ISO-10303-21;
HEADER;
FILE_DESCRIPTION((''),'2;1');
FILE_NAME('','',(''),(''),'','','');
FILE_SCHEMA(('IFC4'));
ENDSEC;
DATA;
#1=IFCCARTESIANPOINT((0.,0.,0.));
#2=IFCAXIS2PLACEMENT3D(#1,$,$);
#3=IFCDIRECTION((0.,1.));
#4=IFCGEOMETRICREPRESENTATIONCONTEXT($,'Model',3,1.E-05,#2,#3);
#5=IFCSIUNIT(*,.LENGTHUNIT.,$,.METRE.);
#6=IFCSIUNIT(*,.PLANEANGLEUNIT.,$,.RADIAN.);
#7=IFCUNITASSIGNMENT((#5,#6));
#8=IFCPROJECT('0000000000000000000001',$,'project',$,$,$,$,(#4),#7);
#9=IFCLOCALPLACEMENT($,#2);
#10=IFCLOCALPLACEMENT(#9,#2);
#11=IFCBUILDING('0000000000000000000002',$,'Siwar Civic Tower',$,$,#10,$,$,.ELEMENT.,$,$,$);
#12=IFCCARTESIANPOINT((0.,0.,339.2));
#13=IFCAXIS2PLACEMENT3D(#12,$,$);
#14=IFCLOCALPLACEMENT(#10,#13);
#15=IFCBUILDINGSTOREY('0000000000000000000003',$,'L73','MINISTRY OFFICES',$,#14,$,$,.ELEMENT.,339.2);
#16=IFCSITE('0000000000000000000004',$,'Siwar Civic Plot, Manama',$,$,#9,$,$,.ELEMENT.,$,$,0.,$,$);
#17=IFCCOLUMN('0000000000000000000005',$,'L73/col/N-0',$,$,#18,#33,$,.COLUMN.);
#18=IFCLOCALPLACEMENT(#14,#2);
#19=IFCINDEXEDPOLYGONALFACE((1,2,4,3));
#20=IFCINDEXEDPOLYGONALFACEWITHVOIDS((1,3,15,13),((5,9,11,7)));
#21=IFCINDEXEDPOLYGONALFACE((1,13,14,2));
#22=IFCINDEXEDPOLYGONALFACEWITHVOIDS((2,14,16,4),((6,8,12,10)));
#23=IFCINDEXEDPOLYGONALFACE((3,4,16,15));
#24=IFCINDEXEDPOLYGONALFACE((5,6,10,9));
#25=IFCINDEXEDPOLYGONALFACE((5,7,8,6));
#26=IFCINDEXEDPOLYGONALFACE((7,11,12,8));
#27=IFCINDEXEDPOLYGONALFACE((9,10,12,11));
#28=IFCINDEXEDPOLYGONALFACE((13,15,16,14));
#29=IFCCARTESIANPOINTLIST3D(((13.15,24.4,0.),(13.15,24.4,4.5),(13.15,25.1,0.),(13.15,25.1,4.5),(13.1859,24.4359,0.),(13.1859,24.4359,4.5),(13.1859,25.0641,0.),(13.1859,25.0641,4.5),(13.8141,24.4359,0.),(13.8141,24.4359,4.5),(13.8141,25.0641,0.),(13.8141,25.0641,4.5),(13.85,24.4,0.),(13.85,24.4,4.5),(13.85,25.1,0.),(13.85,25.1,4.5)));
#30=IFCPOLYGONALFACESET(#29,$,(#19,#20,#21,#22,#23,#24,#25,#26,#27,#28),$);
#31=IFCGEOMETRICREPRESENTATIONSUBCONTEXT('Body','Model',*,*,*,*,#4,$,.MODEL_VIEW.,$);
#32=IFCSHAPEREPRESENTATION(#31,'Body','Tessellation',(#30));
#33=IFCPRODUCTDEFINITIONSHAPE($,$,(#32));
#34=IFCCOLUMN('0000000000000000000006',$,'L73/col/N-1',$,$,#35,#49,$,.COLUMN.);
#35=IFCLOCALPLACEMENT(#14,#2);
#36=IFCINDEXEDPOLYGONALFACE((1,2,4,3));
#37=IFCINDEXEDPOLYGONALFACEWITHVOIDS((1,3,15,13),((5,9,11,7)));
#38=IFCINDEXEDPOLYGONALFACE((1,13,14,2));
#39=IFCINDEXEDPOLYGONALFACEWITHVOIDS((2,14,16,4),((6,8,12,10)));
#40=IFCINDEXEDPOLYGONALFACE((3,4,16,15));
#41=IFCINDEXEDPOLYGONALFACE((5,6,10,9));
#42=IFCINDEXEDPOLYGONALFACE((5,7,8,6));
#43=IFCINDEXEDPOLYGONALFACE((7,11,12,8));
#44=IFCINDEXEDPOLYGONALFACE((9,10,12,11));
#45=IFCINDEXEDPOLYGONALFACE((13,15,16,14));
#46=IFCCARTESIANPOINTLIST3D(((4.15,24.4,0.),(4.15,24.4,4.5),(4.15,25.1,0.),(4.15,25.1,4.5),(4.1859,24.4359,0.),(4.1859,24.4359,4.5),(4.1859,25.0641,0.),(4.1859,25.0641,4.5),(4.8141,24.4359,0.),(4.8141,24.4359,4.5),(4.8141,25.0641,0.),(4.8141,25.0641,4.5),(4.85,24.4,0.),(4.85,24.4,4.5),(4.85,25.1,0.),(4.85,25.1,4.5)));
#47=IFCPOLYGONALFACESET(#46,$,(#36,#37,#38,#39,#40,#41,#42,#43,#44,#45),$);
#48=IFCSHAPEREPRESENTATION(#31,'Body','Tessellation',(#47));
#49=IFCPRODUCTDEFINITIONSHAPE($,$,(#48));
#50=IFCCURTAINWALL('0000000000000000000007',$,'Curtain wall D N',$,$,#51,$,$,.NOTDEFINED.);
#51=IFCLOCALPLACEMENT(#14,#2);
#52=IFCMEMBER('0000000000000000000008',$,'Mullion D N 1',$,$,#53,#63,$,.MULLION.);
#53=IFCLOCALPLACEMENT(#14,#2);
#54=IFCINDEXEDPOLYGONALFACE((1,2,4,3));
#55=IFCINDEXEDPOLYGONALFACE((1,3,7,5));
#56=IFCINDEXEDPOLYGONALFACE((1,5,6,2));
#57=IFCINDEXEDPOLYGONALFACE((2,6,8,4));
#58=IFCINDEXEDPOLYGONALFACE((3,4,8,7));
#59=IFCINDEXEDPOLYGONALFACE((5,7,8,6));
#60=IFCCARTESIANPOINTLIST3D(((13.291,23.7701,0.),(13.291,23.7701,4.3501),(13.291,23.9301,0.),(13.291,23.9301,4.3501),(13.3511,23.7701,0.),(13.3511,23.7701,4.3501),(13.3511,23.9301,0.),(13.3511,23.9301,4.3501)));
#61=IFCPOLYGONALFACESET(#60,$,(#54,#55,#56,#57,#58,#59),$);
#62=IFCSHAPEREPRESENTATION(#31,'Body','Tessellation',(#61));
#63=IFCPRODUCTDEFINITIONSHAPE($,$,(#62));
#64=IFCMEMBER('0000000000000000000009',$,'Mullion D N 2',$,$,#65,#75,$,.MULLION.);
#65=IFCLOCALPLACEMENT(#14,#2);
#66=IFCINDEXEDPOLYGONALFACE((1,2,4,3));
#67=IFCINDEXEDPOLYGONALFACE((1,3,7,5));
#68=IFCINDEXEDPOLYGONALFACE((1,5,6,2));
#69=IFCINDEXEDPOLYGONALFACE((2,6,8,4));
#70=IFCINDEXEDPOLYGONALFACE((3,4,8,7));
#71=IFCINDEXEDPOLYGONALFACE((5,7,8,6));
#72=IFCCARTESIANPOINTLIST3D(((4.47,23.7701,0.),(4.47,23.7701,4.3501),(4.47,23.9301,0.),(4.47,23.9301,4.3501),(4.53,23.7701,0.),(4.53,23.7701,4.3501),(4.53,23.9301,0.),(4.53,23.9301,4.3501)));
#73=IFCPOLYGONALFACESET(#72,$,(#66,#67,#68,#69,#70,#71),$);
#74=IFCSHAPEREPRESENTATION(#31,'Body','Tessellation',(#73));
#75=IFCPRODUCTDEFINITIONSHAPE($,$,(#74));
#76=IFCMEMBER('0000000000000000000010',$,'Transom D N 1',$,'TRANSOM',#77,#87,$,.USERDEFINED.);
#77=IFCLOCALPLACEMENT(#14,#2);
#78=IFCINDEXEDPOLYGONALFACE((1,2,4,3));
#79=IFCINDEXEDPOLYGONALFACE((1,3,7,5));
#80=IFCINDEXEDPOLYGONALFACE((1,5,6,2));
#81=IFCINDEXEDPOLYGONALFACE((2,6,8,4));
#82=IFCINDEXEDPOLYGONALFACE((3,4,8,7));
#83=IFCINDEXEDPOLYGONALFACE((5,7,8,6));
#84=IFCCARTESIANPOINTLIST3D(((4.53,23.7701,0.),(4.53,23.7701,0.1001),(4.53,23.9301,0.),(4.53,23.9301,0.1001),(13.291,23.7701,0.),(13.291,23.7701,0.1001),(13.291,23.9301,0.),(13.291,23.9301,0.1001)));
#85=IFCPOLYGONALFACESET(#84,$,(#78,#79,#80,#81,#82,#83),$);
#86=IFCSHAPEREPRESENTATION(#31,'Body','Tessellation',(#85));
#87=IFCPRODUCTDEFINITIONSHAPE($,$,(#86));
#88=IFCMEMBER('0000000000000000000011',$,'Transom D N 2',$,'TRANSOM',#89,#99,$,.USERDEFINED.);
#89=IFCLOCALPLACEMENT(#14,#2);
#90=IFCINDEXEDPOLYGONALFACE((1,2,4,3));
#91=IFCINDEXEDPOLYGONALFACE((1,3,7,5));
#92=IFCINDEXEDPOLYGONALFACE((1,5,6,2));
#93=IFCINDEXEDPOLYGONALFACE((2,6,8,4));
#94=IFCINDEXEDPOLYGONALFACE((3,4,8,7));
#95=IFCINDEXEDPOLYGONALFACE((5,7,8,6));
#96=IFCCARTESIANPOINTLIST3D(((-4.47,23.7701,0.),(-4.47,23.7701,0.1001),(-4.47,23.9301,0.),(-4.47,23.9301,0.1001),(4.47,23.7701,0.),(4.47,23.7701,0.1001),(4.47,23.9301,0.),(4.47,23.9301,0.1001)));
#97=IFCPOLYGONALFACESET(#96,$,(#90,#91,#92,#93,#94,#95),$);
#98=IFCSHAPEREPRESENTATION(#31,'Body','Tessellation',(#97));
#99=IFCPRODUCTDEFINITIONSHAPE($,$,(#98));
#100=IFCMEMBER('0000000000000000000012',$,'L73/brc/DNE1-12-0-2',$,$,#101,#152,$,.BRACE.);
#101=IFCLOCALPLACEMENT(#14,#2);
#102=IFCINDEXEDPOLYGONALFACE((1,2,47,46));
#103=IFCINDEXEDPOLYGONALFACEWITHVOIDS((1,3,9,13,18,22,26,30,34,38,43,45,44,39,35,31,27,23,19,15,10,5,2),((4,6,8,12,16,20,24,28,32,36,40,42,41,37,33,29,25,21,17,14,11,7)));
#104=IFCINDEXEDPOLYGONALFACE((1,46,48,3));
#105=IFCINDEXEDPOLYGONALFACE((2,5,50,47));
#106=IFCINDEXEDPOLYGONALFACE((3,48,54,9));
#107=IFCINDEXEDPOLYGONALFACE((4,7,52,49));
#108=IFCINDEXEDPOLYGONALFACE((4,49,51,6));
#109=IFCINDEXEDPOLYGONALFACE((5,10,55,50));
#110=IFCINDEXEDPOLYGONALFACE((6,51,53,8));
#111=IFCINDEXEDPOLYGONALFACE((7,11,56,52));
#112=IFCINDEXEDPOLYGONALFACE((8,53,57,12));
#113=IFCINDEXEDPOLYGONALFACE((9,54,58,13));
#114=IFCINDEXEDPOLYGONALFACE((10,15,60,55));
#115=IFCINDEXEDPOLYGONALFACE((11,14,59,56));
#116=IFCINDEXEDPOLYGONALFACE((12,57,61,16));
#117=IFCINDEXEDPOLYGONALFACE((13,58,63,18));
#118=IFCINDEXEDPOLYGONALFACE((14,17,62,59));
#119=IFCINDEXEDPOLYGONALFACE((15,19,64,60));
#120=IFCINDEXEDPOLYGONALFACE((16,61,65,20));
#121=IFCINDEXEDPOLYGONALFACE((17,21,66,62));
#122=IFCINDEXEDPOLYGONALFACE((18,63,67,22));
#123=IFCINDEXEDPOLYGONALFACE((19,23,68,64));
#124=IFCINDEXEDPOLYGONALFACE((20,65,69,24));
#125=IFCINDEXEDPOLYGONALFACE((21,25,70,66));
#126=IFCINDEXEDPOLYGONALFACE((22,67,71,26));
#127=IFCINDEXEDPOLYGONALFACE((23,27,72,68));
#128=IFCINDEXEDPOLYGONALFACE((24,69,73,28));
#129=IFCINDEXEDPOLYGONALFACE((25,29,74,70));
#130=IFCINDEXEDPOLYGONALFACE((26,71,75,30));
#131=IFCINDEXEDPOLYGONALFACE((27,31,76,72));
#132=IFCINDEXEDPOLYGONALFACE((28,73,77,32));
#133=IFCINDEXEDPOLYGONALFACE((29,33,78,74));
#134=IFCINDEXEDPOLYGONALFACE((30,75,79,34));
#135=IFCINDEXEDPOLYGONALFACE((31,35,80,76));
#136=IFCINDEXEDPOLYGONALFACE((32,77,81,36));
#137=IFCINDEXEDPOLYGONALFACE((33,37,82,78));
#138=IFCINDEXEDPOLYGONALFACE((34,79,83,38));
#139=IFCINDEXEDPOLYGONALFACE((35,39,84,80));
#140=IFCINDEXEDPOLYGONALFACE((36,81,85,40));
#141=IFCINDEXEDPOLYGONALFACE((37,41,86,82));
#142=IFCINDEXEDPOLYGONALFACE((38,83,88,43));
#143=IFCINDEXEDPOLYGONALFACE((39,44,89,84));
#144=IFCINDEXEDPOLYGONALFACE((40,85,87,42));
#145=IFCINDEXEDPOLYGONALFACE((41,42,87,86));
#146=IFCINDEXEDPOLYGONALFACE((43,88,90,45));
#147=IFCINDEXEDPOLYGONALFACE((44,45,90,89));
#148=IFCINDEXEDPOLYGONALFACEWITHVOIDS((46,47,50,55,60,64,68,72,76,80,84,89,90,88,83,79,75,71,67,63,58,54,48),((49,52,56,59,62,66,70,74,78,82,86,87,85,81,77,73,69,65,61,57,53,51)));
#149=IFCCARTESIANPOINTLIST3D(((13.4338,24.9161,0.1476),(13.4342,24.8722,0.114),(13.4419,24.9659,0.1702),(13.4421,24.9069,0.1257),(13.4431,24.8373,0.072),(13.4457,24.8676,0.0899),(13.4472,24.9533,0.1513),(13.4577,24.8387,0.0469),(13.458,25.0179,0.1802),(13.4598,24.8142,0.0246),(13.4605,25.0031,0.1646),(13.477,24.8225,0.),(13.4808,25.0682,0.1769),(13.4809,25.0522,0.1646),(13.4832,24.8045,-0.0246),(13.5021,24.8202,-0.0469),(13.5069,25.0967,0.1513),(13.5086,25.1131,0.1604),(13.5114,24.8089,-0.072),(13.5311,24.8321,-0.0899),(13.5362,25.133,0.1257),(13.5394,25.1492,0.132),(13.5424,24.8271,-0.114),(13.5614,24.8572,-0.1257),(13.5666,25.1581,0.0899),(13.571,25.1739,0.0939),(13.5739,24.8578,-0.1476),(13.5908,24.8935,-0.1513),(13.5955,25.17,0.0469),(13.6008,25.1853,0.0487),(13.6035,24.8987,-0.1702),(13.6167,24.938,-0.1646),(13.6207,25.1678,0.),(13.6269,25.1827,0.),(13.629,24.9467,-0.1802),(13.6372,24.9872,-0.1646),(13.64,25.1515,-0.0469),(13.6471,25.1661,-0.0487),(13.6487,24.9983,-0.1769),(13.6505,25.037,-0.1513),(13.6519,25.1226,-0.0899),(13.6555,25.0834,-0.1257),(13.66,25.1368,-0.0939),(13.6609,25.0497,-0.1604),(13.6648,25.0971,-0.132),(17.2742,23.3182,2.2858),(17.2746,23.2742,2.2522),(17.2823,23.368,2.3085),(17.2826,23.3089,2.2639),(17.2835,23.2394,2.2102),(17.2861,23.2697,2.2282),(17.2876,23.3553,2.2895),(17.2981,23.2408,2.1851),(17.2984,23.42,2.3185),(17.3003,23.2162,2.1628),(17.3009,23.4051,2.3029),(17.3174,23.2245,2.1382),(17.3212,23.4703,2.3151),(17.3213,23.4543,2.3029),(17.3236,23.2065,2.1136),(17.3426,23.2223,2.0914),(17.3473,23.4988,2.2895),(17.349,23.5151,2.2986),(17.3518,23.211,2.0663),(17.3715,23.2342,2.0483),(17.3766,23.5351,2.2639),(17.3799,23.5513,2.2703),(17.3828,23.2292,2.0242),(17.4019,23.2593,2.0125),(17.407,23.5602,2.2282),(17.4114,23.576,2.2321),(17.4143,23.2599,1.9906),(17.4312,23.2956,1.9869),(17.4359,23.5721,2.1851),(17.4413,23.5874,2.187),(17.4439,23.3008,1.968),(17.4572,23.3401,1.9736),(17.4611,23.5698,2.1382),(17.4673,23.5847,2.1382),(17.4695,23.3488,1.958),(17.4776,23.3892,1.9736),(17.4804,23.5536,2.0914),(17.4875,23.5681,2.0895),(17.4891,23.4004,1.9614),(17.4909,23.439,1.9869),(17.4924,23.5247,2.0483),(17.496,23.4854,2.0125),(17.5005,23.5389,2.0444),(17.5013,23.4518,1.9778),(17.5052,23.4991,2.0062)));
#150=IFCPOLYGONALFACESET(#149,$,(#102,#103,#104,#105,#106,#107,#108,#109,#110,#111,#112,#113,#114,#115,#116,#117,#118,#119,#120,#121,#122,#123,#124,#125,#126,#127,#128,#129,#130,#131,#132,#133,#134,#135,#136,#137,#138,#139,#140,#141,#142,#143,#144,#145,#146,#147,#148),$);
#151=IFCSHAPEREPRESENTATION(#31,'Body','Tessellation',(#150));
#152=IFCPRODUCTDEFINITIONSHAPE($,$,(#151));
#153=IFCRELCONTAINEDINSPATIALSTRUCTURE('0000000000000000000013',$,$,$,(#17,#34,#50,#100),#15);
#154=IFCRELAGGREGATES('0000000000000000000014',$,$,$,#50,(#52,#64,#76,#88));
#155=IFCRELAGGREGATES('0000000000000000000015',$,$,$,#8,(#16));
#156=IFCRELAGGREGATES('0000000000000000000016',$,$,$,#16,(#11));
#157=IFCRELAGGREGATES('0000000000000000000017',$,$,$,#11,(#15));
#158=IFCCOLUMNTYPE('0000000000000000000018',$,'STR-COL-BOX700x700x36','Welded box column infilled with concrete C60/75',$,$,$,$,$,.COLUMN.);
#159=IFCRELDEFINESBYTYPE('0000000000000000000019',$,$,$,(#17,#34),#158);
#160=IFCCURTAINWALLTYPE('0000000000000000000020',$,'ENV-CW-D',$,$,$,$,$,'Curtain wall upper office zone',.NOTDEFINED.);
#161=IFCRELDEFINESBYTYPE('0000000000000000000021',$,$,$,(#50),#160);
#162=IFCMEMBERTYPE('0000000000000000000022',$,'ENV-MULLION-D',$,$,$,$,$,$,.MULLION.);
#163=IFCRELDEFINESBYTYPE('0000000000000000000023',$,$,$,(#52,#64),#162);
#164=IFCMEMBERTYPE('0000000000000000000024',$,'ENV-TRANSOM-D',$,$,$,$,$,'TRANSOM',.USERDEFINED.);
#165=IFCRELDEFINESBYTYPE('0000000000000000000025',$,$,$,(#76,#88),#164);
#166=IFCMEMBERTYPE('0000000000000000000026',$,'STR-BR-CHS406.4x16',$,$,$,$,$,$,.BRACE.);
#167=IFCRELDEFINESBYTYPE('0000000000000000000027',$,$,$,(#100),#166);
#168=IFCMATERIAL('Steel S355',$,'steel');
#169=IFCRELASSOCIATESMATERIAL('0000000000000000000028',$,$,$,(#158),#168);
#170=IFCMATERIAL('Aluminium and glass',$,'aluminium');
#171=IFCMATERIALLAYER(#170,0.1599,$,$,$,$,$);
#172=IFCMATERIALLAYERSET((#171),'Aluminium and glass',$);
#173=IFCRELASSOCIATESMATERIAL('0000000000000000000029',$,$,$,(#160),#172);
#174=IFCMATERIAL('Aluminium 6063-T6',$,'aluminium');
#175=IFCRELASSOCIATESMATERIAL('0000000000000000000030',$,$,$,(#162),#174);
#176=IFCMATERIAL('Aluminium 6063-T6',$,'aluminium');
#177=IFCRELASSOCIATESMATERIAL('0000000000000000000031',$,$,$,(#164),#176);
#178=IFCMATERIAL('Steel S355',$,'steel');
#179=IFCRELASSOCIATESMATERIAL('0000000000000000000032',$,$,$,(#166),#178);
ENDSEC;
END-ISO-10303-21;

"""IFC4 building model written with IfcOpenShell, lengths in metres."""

from ifc_helpers import new_model, si_unit, direction, frame, origin, origin_2d, place, context, subcontext, project, spatial, rectangle, hollow_rectangle, hollow_circle, extrude, material, layer, layer_set, material_profile, profile_set, type_object, element, aggregate, save


model = new_model("IFC4")

# Units and contexts
model_context = context("Model", 3, precision=1e-05, world=origin(), true_north=direction((0.0, 1.0)))
body_context = subcontext(model_context, "Body", "Model", "MODEL_VIEW")
ifc_project = project(units=[si_unit("LENGTHUNIT", "METRE"), si_unit("PLANEANGLEUNIT", "RADIAN")], contexts=[model_context])

# Site, building, storey
site_placement = place(None, origin())
site = spatial("IfcSite", under=ifc_project, at=site_placement, Name="Siwar Civic Plot, Manama", CompositionType="ELEMENT", RefElevation=0.0)
building_placement = place(site_placement, origin())
building = spatial("IfcBuilding", under=site, at=building_placement, Name="Siwar Civic Tower", CompositionType="ELEMENT")
storey_placement = place(building_placement, frame((0.0, 0.0, 339.2)))
storey = spatial("IfcBuildingStorey", under=building, at=storey_placement, Name="L73", Description="MINISTRY OFFICES", CompositionType="ELEMENT", Elevation=339.2)

# Columns
ifc_material_1 = material(Name="Steel S355", Category="steel")
ifc_material_profile_1 = material_profile(ifc_material_1, hollow_rectangle(XDim=0.7, YDim=0.7, WallThickness=0.0359, at=origin_2d()), Name="BOX700x700x36")
ifc_profile_set_1 = profile_set([ifc_material_profile_1], Name="Steel S355")
column_type = type_object("IfcColumnType", Name="STR-COL-BOX700x700x36", Description="Welded box column infilled with concrete C60/75", PredefinedType="COLUMN", material=ifc_profile_set_1)
for number, where, z_axis, x_axis, name in (
    (1, (13.5, 24.75, 0.0), (0.0, 0.0, 1.0), (1.0, 0.0, 0.0), "L73/col/N-0"),
    (2, (4.5, 24.75, 0.0), (0.0, 0.0, 1.0), (1.0, 0.0, 0.0), "L73/col/N-1"),
):
    element("IfcColumn", number, at=place(storey_placement, frame(where, z_axis=z_axis, x_axis=x_axis)), inside=storey, type_object=column_type, Name=name, PredefinedType="COLUMN", context=body_context, shape_type="SweptSolid", body=[
        extrude(hollow_rectangle(XDim=0.7, YDim=0.7, WallThickness=0.0359, at=origin_2d()), origin(), (0.0, 0.0, 1.0), 4.5),
    ])

# Curtain wall, members
ifc_material_2 = material(Name="Aluminium and glass", Category="aluminium")
ifc_layer_1 = layer(ifc_material_2, 0.1599)
ifc_layer_set_1 = layer_set([ifc_layer_1], Name="Aluminium and glass")
curtain_wall_type = type_object("IfcCurtainWallType", Name="ENV-CW-D", ElementType="Curtain wall upper office zone", PredefinedType="NOTDEFINED", material=ifc_layer_set_1)
curtain_wall_placement = place(storey_placement, origin())
curtain_wall = element("IfcCurtainWall", 3, at=curtain_wall_placement, inside=storey, type_object=curtain_wall_type, Name="Curtain wall D N", PredefinedType="NOTDEFINED")
ifc_material_3 = material(Name="Aluminium 6063-T6", Category="aluminium")
ifc_material_profile_2 = material_profile(ifc_material_3, rectangle(XDim=0.1599, YDim=0.0601, at=origin_2d()), Name="AL 160x60")
ifc_profile_set_2 = profile_set([ifc_material_profile_2], Name="Aluminium 6063-T6")
member_type_1 = type_object("IfcMemberType", Name="ENV-MULLION-D", PredefinedType="MULLION", material=ifc_profile_set_2)
member_1_placement = place(storey_placement, frame((13.321, 23.8501, 0.0), z_axis=(0.0, 0.0, 1.0), x_axis=(0.0, -1.0, 0.0)))
member_1 = element("IfcMember", 4, at=member_1_placement, type_object=member_type_1, Name="Mullion D N 1", PredefinedType="MULLION", context=body_context, shape_type="SweptSolid", body=[
    extrude(rectangle(XDim=0.1599, YDim=0.0601, at=origin_2d()), origin(), (0.0, 0.0, 1.0), 4.3501),
])
member_2_placement = place(storey_placement, frame((4.5, 23.8501, 0.0), z_axis=(0.0, 0.0, 1.0), x_axis=(0.0, -1.0, 0.0)))
member_2 = element("IfcMember", 5, at=member_2_placement, type_object=member_type_1, Name="Mullion D N 2", PredefinedType="MULLION", context=body_context, shape_type="SweptSolid", body=[
    extrude(rectangle(XDim=0.1599, YDim=0.0601, at=origin_2d()), origin(), (0.0, 0.0, 1.0), 4.3501),
])
ifc_material_4 = material(Name="Aluminium 6063-T6", Category="aluminium")
ifc_material_profile_3 = material_profile(ifc_material_4, rectangle(XDim=0.1599, YDim=0.1001, at=origin_2d()), Name="AL 160x100")
ifc_profile_set_3 = profile_set([ifc_material_profile_3], Name="Aluminium 6063-T6")
member_type_2 = type_object("IfcMemberType", Name="ENV-TRANSOM-D", ElementType="TRANSOM", PredefinedType="USERDEFINED", material=ifc_profile_set_3)
member_3_placement = place(storey_placement, frame((13.291, 23.8501, 0.05), z_axis=(-1.0, 0.0, 0.0), x_axis=(0.0, -1.0, 0.0)))
member_3 = element("IfcMember", 6, at=member_3_placement, type_object=member_type_2, Name="Transom D N 1", ObjectType="TRANSOM", PredefinedType="USERDEFINED", context=body_context, shape_type="SweptSolid", body=[
    extrude(rectangle(XDim=0.1599, YDim=0.1001, at=origin_2d()), origin(), (0.0, 0.0, 1.0), 8.761),
])
member_4_placement = place(storey_placement, frame((4.47, 23.8501, 0.05), z_axis=(-1.0, 0.0, 0.0), x_axis=(0.0, -1.0, 0.0)))
member_4 = element("IfcMember", 7, at=member_4_placement, type_object=member_type_2, Name="Transom D N 2", ObjectType="TRANSOM", PredefinedType="USERDEFINED", context=body_context, shape_type="SweptSolid", body=[
    extrude(rectangle(XDim=0.1599, YDim=0.1001, at=origin_2d()), origin(), (0.0, 0.0, 1.0), 8.9399),
])

# Member
ifc_material_5 = material(Name="Steel S355", Category="steel")
ifc_material_profile_4 = material_profile(ifc_material_5, hollow_circle(Radius=0.2031, WallThickness=0.0161, at=origin_2d()), Name="CHS406.4x16")
ifc_profile_set_4 = profile_set([ifc_material_profile_4], Name="Steel S355")
member_type_3 = type_object("IfcMemberType", Name="STR-BR-CHS406.4x16", PredefinedType="BRACE", material=ifc_profile_set_4)
member_5_placement = place(storey_placement, frame((13.5488, 24.9951, 0.0), z_axis=(0.82113, -0.341659, 0.457181), x_axis=(0.384157, 0.923268, 0.0)))
element("IfcMember", 8, at=member_5_placement, inside=storey, type_object=member_type_3, Name="L73/brc/DNE1-12-0-2", PredefinedType="BRACE", context=body_context, shape_type="SweptSolid", body=[
    extrude(hollow_circle(Radius=0.2031, WallThickness=0.0161, at=origin_2d()), origin(), (0.0, 0.0, 1.0), 4.677),
])

aggregate(curtain_wall, [member_1, member_2, member_3, member_4])

save(model, "model.ifc")
